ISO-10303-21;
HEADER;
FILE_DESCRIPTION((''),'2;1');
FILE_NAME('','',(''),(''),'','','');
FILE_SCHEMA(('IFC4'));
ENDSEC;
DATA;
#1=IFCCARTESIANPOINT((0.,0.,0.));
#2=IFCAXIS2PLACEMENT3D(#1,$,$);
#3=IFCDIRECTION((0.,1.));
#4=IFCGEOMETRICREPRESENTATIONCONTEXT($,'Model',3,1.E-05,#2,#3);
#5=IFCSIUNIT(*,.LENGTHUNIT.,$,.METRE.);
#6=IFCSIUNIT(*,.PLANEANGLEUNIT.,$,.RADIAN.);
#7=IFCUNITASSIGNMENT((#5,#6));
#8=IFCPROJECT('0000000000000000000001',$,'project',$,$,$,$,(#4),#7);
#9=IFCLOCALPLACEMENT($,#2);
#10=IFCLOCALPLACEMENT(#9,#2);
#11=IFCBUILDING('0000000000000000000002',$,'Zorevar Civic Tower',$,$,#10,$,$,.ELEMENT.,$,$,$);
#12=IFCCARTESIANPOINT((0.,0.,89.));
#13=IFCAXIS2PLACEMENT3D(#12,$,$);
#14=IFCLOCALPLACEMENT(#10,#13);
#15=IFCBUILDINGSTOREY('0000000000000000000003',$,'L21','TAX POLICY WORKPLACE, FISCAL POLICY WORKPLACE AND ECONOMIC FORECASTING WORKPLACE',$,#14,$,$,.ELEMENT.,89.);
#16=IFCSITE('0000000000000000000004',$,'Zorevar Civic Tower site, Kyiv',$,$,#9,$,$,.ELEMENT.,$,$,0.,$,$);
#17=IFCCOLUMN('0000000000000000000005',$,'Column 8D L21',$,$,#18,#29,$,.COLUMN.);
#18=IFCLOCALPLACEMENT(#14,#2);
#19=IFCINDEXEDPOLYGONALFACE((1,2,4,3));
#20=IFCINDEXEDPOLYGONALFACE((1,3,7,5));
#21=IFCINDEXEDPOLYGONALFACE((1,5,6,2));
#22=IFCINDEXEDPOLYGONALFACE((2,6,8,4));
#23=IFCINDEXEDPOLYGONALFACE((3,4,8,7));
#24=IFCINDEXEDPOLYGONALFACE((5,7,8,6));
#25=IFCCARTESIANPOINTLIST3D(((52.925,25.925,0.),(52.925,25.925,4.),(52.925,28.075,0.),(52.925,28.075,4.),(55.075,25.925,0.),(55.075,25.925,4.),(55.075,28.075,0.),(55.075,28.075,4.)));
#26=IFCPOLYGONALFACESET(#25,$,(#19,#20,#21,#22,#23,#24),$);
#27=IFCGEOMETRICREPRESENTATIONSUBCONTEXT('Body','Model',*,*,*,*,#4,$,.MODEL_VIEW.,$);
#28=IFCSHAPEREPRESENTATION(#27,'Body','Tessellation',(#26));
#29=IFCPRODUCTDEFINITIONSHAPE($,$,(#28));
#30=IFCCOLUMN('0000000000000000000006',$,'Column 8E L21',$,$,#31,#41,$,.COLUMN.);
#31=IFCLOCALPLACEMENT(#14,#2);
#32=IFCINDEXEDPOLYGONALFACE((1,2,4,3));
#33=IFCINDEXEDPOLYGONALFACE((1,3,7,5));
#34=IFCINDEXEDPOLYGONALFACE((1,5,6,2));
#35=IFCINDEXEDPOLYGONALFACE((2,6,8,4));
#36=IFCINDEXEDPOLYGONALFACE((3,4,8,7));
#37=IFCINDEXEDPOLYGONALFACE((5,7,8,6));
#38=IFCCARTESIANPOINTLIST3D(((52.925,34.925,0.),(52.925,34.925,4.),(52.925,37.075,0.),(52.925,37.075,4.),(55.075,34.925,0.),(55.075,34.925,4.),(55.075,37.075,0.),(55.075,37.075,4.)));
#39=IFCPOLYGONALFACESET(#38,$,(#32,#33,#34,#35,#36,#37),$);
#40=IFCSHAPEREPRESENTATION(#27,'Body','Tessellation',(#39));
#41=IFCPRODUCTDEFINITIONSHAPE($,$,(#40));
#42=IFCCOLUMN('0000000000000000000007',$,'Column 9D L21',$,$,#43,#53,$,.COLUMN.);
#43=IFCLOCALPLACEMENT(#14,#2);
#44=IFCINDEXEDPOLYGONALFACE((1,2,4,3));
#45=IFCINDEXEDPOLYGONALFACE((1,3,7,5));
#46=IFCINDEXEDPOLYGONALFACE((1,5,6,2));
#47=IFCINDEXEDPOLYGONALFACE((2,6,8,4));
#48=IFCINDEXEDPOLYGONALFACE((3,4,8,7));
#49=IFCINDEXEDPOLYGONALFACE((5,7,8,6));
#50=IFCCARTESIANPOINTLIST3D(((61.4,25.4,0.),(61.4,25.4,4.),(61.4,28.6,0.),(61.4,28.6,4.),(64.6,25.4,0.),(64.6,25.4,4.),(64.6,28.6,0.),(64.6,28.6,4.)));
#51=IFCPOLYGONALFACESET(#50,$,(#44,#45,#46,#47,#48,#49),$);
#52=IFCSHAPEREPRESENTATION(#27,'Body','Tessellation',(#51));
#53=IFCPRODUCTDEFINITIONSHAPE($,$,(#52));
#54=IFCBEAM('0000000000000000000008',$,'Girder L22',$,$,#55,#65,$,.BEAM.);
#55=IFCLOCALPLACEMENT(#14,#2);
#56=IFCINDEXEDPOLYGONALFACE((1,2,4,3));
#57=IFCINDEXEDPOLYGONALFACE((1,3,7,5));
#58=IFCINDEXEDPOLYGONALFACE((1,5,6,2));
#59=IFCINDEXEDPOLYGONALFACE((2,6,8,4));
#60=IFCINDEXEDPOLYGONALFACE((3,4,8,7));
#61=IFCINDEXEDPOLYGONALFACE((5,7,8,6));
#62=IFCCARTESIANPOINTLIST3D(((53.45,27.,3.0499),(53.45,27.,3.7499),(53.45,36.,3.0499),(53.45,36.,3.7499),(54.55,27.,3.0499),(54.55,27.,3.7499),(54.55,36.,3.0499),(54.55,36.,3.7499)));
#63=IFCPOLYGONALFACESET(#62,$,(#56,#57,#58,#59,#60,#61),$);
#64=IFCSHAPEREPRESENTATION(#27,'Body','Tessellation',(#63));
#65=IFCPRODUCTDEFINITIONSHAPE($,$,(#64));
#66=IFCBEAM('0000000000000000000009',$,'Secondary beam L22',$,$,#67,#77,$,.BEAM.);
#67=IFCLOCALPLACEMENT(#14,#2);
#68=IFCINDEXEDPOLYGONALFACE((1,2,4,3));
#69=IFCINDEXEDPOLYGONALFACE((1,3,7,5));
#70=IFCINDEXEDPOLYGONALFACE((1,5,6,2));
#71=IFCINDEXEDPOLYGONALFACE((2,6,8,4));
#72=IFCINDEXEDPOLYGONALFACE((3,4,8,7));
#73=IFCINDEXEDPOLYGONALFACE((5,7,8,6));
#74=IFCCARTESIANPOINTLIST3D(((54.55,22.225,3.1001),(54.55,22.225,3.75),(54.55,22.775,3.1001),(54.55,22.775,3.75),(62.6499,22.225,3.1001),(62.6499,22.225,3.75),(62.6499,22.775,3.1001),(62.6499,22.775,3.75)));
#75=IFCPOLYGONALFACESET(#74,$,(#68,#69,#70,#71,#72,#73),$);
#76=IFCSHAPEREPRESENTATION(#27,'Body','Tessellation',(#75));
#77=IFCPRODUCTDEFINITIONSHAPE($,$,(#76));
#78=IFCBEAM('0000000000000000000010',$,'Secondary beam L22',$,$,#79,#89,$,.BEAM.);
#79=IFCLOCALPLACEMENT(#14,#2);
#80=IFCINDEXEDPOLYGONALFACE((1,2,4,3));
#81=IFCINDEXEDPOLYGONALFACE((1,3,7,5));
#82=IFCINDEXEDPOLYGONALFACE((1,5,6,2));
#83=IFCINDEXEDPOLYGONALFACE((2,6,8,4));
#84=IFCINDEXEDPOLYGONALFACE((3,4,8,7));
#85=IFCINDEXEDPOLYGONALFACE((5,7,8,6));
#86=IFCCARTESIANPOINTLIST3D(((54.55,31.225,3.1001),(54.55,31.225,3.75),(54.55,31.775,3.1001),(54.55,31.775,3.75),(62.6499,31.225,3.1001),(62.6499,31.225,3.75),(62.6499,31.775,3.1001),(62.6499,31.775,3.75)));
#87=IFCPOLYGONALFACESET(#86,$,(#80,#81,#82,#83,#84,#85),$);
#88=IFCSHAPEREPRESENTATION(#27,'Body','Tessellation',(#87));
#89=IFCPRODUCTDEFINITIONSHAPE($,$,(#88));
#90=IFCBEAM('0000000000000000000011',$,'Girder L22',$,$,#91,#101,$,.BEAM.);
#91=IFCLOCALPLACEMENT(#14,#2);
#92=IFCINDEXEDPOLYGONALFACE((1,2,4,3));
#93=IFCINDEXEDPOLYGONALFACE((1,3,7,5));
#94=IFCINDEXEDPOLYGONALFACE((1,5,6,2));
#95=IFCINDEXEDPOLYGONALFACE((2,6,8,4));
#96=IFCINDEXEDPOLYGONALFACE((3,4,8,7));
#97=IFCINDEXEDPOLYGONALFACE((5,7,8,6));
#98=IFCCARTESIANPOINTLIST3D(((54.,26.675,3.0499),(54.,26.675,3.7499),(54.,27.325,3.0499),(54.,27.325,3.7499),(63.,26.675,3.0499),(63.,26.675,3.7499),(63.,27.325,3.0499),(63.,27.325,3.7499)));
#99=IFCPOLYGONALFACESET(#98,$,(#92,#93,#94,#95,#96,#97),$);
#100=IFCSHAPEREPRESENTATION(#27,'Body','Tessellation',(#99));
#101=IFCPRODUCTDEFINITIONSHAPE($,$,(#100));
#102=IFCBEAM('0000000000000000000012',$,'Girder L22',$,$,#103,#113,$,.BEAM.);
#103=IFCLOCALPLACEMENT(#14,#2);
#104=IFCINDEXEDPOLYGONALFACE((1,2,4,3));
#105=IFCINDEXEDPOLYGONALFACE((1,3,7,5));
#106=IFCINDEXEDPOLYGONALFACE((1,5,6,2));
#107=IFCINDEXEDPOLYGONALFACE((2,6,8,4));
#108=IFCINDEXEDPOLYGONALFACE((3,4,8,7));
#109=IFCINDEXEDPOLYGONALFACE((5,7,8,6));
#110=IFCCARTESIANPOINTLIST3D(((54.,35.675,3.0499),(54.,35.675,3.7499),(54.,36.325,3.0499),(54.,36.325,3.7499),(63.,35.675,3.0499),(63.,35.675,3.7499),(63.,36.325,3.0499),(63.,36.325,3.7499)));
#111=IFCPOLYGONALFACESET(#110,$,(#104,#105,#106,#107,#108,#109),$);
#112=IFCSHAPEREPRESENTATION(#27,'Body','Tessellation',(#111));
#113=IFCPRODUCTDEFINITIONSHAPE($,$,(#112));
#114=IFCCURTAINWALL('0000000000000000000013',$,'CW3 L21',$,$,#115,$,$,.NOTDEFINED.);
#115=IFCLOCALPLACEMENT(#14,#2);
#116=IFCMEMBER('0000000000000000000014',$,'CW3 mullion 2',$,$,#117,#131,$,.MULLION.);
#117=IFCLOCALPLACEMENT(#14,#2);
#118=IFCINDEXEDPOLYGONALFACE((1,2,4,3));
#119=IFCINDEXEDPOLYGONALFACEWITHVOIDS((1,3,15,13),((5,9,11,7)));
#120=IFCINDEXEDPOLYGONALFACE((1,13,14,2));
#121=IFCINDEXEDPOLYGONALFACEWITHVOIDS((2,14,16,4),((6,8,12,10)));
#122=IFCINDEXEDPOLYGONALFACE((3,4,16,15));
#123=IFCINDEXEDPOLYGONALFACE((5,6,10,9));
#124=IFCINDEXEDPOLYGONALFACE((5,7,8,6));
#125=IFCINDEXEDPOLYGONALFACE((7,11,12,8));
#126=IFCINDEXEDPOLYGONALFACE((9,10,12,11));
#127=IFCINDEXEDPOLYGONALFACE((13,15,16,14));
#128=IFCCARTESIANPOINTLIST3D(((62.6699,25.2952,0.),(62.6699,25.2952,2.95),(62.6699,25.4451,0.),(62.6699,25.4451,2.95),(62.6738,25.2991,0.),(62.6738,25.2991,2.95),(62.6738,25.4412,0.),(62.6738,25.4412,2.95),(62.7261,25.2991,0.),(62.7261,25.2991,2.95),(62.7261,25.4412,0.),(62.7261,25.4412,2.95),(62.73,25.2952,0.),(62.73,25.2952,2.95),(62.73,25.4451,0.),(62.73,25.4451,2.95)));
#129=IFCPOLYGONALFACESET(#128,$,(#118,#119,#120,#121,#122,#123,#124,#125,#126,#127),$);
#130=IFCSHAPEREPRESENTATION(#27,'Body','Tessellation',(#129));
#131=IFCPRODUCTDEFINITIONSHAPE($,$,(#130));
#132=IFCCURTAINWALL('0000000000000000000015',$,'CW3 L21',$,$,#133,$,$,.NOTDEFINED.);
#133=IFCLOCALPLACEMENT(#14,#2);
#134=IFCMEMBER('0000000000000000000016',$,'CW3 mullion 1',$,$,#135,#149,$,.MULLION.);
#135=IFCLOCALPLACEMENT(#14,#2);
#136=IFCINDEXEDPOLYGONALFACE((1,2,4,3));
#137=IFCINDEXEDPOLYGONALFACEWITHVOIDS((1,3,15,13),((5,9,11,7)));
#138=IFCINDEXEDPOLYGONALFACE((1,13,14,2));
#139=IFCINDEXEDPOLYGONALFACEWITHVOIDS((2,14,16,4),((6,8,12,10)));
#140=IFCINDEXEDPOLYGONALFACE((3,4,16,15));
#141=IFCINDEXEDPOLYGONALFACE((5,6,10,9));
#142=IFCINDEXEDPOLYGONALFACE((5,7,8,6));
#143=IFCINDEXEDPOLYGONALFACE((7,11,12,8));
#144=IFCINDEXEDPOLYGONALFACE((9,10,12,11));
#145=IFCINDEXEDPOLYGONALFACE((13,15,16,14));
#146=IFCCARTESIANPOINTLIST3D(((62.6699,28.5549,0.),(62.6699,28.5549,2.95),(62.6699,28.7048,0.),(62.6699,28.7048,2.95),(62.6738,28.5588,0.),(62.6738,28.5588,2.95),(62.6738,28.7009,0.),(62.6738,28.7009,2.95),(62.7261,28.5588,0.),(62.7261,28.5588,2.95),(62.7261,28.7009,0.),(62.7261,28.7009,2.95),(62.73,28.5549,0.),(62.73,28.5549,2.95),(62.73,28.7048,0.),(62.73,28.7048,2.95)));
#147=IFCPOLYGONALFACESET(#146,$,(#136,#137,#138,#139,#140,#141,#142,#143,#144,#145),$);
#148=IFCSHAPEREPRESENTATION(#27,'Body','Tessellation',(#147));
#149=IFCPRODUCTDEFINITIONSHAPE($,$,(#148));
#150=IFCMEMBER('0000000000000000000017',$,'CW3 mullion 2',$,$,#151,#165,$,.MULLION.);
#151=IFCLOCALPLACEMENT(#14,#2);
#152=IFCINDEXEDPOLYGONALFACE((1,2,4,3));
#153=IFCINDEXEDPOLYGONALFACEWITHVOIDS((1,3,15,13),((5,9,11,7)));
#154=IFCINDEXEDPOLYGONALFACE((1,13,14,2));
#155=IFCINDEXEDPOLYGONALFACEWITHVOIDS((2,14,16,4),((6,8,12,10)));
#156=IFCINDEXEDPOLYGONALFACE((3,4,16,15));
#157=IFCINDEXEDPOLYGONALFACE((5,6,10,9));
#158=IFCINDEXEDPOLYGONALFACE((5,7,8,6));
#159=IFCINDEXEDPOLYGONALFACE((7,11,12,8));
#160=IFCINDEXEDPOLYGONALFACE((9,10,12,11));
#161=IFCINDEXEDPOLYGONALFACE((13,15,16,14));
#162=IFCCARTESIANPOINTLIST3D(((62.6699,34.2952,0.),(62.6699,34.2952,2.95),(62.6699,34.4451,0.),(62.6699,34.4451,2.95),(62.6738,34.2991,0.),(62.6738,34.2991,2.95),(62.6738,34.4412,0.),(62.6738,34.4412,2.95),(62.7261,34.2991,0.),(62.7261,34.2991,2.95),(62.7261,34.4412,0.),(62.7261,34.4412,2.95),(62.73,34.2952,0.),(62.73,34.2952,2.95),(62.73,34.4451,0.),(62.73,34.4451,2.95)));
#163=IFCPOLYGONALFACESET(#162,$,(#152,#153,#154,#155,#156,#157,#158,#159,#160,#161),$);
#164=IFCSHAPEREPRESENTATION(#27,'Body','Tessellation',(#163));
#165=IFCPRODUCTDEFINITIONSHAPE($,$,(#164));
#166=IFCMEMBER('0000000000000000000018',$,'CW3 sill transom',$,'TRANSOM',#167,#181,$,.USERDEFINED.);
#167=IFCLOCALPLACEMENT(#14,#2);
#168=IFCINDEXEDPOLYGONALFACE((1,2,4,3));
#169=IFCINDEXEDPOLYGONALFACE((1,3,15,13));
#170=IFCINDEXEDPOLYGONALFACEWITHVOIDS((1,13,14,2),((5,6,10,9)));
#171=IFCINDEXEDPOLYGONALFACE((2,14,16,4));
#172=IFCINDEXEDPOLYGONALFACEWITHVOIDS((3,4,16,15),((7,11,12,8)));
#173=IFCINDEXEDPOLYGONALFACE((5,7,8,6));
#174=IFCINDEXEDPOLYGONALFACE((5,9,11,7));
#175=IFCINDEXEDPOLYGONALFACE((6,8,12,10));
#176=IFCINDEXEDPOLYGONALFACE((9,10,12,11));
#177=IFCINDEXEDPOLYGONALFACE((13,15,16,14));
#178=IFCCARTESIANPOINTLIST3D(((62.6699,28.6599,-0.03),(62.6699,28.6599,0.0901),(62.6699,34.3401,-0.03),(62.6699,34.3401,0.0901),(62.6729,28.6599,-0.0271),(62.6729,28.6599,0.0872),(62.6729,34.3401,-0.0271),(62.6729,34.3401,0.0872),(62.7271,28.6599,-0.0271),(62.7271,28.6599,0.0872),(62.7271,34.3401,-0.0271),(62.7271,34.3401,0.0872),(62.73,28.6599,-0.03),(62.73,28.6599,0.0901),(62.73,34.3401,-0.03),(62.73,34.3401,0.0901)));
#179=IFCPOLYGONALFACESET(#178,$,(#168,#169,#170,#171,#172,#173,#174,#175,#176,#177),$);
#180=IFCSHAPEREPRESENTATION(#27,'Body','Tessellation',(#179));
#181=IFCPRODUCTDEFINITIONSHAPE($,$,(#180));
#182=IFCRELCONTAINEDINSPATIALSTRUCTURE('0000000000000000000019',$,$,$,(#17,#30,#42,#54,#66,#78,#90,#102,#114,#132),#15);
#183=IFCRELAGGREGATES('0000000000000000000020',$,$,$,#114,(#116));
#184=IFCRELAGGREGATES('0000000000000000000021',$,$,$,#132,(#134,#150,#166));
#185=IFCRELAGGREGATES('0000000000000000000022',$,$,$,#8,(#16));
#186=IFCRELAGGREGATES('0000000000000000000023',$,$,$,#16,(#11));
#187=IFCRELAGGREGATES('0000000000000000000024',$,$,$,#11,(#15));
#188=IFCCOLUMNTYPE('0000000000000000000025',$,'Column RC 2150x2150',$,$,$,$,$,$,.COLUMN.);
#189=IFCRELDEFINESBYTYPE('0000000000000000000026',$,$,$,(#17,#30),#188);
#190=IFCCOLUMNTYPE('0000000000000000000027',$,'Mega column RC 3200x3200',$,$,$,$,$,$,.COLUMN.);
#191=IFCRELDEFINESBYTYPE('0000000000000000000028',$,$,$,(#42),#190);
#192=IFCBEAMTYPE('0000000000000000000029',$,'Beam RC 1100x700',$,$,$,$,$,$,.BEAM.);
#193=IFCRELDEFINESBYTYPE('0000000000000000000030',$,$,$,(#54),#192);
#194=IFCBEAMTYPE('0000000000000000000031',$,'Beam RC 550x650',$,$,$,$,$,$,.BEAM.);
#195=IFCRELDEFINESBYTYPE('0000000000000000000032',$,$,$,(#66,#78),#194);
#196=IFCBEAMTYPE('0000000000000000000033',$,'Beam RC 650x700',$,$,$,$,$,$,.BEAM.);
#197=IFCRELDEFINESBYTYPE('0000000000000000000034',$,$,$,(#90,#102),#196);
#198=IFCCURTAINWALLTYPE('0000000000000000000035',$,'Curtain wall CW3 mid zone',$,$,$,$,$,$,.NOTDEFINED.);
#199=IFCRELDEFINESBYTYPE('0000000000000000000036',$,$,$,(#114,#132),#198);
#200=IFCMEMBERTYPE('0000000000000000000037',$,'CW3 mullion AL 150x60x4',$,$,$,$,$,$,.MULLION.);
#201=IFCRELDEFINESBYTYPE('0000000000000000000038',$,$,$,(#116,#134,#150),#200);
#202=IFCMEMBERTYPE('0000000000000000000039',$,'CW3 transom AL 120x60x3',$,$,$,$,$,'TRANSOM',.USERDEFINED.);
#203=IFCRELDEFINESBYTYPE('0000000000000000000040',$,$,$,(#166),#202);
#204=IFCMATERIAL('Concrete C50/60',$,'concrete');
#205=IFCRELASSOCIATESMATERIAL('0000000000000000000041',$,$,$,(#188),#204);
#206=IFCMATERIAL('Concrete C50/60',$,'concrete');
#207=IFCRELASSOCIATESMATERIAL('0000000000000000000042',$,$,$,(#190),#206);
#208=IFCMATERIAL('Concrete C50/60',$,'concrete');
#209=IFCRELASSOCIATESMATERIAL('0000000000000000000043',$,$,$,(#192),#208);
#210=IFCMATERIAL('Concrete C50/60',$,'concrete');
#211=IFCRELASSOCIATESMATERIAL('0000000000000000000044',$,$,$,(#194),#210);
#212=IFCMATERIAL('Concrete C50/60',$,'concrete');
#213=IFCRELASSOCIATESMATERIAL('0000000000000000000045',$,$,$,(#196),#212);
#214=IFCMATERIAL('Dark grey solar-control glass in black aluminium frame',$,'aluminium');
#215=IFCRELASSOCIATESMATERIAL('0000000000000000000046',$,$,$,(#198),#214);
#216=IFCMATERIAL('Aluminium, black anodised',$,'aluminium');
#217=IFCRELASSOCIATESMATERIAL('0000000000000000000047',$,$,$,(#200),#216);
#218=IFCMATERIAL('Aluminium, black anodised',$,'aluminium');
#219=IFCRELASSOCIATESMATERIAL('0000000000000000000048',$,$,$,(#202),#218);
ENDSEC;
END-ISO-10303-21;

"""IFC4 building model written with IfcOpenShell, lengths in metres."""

from ifc_helpers import new_model, si_unit, direction, frame, origin, origin_2d, place, context, subcontext, project, spatial, rectangle, hollow_rectangle, extrude, material, material_profile, profile_set, type_object, element, aggregate, save


model = new_model("IFC4")

# Units and contexts
model_context = context("Model", 3, precision=1e-05, world=origin(), true_north=direction((0.0, 1.0)))
body_context = subcontext(model_context, "Body", "Model", "MODEL_VIEW")
ifc_project = project(units=[si_unit("LENGTHUNIT", "METRE"), si_unit("PLANEANGLEUNIT", "RADIAN")], contexts=[model_context])

# Site, building, storey
site_placement = place(None, origin())
site = spatial("IfcSite", under=ifc_project, at=site_placement, Name="Zorevar Civic Tower site, Kyiv", CompositionType="ELEMENT", RefElevation=0.0)
building_placement = place(site_placement, origin())
building = spatial("IfcBuilding", under=site, at=building_placement, Name="Zorevar Civic Tower", CompositionType="ELEMENT")
storey_placement = place(building_placement, frame((0.0, 0.0, 89.0)))
storey = spatial("IfcBuildingStorey", under=building, at=storey_placement, Name="L21", Description="TAX POLICY WORKPLACE, FISCAL POLICY WORKPLACE AND ECONOMIC FORECASTING WORKPLACE", CompositionType="ELEMENT", Elevation=89.0)

# Columns
ifc_material_1 = material(Name="Concrete C50/60", Category="concrete")
ifc_material_profile_1 = material_profile(ifc_material_1, rectangle(XDim=2.1499, YDim=2.1499, at=origin_2d()), Name="RC 2150x2150")
ifc_profile_set_1 = profile_set([ifc_material_profile_1], Name="Concrete C50/60")
column_type_1 = type_object("IfcColumnType", Name="Column RC 2150x2150", PredefinedType="COLUMN", material=ifc_profile_set_1)
for number, where, z_axis, x_axis, name in (
    (1, (54.0, 27.0, 0.0), (0.0, 0.0, 1.0), (1.0, 0.0, 0.0), "Column 8D L21"),
    (2, (54.0, 36.0, 0.0), (0.0, 0.0, 1.0), (1.0, 0.0, 0.0), "Column 8E L21"),
):
    element("IfcColumn", number, at=place(storey_placement, frame(where, z_axis=z_axis, x_axis=x_axis)), inside=storey, type_object=column_type_1, Name=name, PredefinedType="COLUMN", context=body_context, shape_type="SweptSolid", body=[
        extrude(rectangle(XDim=2.1499, YDim=2.1499, at=origin_2d()), origin(), (0.0, 0.0, 1.0), 4.0),
    ])
ifc_material_2 = material(Name="Concrete C50/60", Category="concrete")
ifc_material_profile_2 = material_profile(ifc_material_2, rectangle(XDim=3.2, YDim=3.2, at=origin_2d()), Name="RC 3200x3200")
ifc_profile_set_2 = profile_set([ifc_material_profile_2], Name="Concrete C50/60")
column_type_2 = type_object("IfcColumnType", Name="Mega column RC 3200x3200", PredefinedType="COLUMN", material=ifc_profile_set_2)
column_placement = place(storey_placement, frame((63.0, 27.0, 0.0), z_axis=(0.0, 0.0, 1.0), x_axis=(1.0, 0.0, 0.0)))
element("IfcColumn", 3, at=column_placement, inside=storey, type_object=column_type_2, Name="Column 9D L21", PredefinedType="COLUMN", context=body_context, shape_type="SweptSolid", body=[
    extrude(rectangle(XDim=3.2, YDim=3.2, at=origin_2d()), origin(), (0.0, 0.0, 1.0), 4.0),
])

# Beams
ifc_material_3 = material(Name="Concrete C50/60", Category="concrete")
ifc_material_profile_3 = material_profile(ifc_material_3, rectangle(XDim=1.1001, YDim=0.7, at=origin_2d()), Name="RC 1100x700")
ifc_profile_set_3 = profile_set([ifc_material_profile_3], Name="Concrete C50/60")
beam_type_1 = type_object("IfcBeamType", Name="Beam RC 1100x700", PredefinedType="BEAM", material=ifc_profile_set_3)
beam_1_placement = place(storey_placement, frame((54.0, 27.0, 3.3999), z_axis=(0.0, 1.0, 0.0), x_axis=(-1.0, 0.0, 0.0)))
element("IfcBeam", 4, at=beam_1_placement, inside=storey, type_object=beam_type_1, Name="Girder L22", PredefinedType="BEAM", context=body_context, shape_type="SweptSolid", body=[
    extrude(rectangle(XDim=1.1001, YDim=0.7, at=origin_2d()), origin(), (0.0, 0.0, 1.0), 9.0),
])
ifc_material_4 = material(Name="Concrete C50/60", Category="concrete")
ifc_material_profile_4 = material_profile(ifc_material_4, rectangle(XDim=0.55, YDim=0.6499, at=origin_2d()), Name="RC 550x650")
ifc_profile_set_4 = profile_set([ifc_material_profile_4], Name="Concrete C50/60")
beam_type_2 = type_object("IfcBeamType", Name="Beam RC 550x650", PredefinedType="BEAM", material=ifc_profile_set_4)
for number, where, z_axis, x_axis, name in (
    (5, (54.55, 22.5, 3.425), (1.0, 0.0, 0.0), (0.0, 1.0, 0.0), "Secondary beam L22"),
    (6, (54.55, 31.5, 3.425), (1.0, 0.0, 0.0), (0.0, 1.0, 0.0), "Secondary beam L22"),
):
    element("IfcBeam", number, at=place(storey_placement, frame(where, z_axis=z_axis, x_axis=x_axis)), inside=storey, type_object=beam_type_2, Name=name, PredefinedType="BEAM", context=body_context, shape_type="SweptSolid", body=[
        extrude(rectangle(XDim=0.55, YDim=0.6499, at=origin_2d()), origin(), (0.0, 0.0, 1.0), 8.0999),
    ])
ifc_material_5 = material(Name="Concrete C50/60", Category="concrete")
ifc_material_profile_5 = material_profile(ifc_material_5, rectangle(XDim=0.6499, YDim=0.7, at=origin_2d()), Name="RC 650x700")
ifc_profile_set_5 = profile_set([ifc_material_profile_5], Name="Concrete C50/60")
beam_type_3 = type_object("IfcBeamType", Name="Beam RC 650x700", PredefinedType="BEAM", material=ifc_profile_set_5)
for number, where, z_axis, x_axis, name in (
    (7, (54.0, 27.0, 3.3999), (1.0, 0.0, 0.0), (0.0, 1.0, 0.0), "Girder L22"),
    (8, (54.0, 36.0, 3.3999), (1.0, 0.0, 0.0), (0.0, 1.0, 0.0), "Girder L22"),
):
    element("IfcBeam", number, at=place(storey_placement, frame(where, z_axis=z_axis, x_axis=x_axis)), inside=storey, type_object=beam_type_3, Name=name, PredefinedType="BEAM", context=body_context, shape_type="SweptSolid", body=[
        extrude(rectangle(XDim=0.6499, YDim=0.7, at=origin_2d()), origin(), (0.0, 0.0, 1.0), 9.0),
    ])

# Curtain wall, member
ifc_material_6 = material(Name="Dark grey solar-control glass in black aluminium frame", Category="aluminium")
curtain_wall_type = type_object("IfcCurtainWallType", Name="Curtain wall CW3 mid zone", PredefinedType="NOTDEFINED", material=ifc_material_6)
curtain_wall_1_placement = place(storey_placement, origin())
curtain_wall_1 = element("IfcCurtainWall", 9, at=curtain_wall_1_placement, inside=storey, type_object=curtain_wall_type, Name="CW3 L21", PredefinedType="NOTDEFINED")
ifc_material_7 = material(Name="Aluminium, black anodised", Category="aluminium")
ifc_material_profile_6 = material_profile(ifc_material_7, hollow_rectangle(XDim=0.0601, YDim=0.1499, WallThickness=0.0039, at=origin_2d()), Name="AL 150x60x4")
ifc_profile_set_6 = profile_set([ifc_material_profile_6], Name="Aluminium, black anodised")
member_type_1 = type_object("IfcMemberType", Name="CW3 mullion AL 150x60x4", PredefinedType="MULLION", material=ifc_profile_set_6)
member_1_placement = place(storey_placement, frame((62.7, 25.3701, 0.0), z_axis=(0.0, 0.0, 1.0), x_axis=(-1.0, 0.0, 0.0)))
member_1 = element("IfcMember", 10, at=member_1_placement, type_object=member_type_1, Name="CW3 mullion 2", PredefinedType="MULLION", context=body_context, shape_type="SweptSolid", body=[
    extrude(hollow_rectangle(XDim=0.0601, YDim=0.1499, WallThickness=0.0039, at=origin_2d()), origin(), (0.0, 0.0, 1.0), 2.95),
])

# Curtain wall, members
curtain_wall_2_placement = place(storey_placement, origin())
curtain_wall_2 = element("IfcCurtainWall", 11, at=curtain_wall_2_placement, inside=storey, type_object=curtain_wall_type, Name="CW3 L21", PredefinedType="NOTDEFINED")
member_2_placement = place(storey_placement, frame((62.7, 28.6299, 0.0), z_axis=(0.0, 0.0, 1.0), x_axis=(-1.0, 0.0, 0.0)))
member_2 = element("IfcMember", 12, at=member_2_placement, type_object=member_type_1, Name="CW3 mullion 1", PredefinedType="MULLION", context=body_context, shape_type="SweptSolid", body=[
    extrude(hollow_rectangle(XDim=0.0601, YDim=0.1499, WallThickness=0.0039, at=origin_2d()), origin(), (0.0, 0.0, 1.0), 2.95),
])
member_3_placement = place(storey_placement, frame((62.7, 34.3701, 0.0), z_axis=(0.0, 0.0, 1.0), x_axis=(-1.0, 0.0, 0.0)))
member_3 = element("IfcMember", 13, at=member_3_placement, type_object=member_type_1, Name="CW3 mullion 2", PredefinedType="MULLION", context=body_context, shape_type="SweptSolid", body=[
    extrude(hollow_rectangle(XDim=0.0601, YDim=0.1499, WallThickness=0.0039, at=origin_2d()), origin(), (0.0, 0.0, 1.0), 2.95),
])
ifc_material_8 = material(Name="Aluminium, black anodised", Category="aluminium")
ifc_material_profile_7 = material_profile(ifc_material_8, hollow_rectangle(XDim=0.0601, YDim=0.1201, WallThickness=0.0029, at=origin_2d()), Name="AL 120x60x3")
ifc_profile_set_7 = profile_set([ifc_material_profile_7], Name="Aluminium, black anodised")
member_type_2 = type_object("IfcMemberType", Name="CW3 transom AL 120x60x3", ElementType="TRANSOM", PredefinedType="USERDEFINED", material=ifc_profile_set_7)
member_4_placement = place(storey_placement, frame((62.7, 28.6599, 0.03), z_axis=(0.0, 1.0, 0.0), x_axis=(-1.0, 0.0, 0.0)))
member_4 = element("IfcMember", 14, at=member_4_placement, type_object=member_type_2, Name="CW3 sill transom", ObjectType="TRANSOM", PredefinedType="USERDEFINED", context=body_context, shape_type="SweptSolid", body=[
    extrude(hollow_rectangle(XDim=0.0601, YDim=0.1201, WallThickness=0.0029, at=origin_2d()), origin(), (0.0, 0.0, 1.0), 5.6802),
])

aggregate(curtain_wall_1, [member_1])
aggregate(curtain_wall_2, [member_2, member_3, member_4])

save(model, "model.ifc")
